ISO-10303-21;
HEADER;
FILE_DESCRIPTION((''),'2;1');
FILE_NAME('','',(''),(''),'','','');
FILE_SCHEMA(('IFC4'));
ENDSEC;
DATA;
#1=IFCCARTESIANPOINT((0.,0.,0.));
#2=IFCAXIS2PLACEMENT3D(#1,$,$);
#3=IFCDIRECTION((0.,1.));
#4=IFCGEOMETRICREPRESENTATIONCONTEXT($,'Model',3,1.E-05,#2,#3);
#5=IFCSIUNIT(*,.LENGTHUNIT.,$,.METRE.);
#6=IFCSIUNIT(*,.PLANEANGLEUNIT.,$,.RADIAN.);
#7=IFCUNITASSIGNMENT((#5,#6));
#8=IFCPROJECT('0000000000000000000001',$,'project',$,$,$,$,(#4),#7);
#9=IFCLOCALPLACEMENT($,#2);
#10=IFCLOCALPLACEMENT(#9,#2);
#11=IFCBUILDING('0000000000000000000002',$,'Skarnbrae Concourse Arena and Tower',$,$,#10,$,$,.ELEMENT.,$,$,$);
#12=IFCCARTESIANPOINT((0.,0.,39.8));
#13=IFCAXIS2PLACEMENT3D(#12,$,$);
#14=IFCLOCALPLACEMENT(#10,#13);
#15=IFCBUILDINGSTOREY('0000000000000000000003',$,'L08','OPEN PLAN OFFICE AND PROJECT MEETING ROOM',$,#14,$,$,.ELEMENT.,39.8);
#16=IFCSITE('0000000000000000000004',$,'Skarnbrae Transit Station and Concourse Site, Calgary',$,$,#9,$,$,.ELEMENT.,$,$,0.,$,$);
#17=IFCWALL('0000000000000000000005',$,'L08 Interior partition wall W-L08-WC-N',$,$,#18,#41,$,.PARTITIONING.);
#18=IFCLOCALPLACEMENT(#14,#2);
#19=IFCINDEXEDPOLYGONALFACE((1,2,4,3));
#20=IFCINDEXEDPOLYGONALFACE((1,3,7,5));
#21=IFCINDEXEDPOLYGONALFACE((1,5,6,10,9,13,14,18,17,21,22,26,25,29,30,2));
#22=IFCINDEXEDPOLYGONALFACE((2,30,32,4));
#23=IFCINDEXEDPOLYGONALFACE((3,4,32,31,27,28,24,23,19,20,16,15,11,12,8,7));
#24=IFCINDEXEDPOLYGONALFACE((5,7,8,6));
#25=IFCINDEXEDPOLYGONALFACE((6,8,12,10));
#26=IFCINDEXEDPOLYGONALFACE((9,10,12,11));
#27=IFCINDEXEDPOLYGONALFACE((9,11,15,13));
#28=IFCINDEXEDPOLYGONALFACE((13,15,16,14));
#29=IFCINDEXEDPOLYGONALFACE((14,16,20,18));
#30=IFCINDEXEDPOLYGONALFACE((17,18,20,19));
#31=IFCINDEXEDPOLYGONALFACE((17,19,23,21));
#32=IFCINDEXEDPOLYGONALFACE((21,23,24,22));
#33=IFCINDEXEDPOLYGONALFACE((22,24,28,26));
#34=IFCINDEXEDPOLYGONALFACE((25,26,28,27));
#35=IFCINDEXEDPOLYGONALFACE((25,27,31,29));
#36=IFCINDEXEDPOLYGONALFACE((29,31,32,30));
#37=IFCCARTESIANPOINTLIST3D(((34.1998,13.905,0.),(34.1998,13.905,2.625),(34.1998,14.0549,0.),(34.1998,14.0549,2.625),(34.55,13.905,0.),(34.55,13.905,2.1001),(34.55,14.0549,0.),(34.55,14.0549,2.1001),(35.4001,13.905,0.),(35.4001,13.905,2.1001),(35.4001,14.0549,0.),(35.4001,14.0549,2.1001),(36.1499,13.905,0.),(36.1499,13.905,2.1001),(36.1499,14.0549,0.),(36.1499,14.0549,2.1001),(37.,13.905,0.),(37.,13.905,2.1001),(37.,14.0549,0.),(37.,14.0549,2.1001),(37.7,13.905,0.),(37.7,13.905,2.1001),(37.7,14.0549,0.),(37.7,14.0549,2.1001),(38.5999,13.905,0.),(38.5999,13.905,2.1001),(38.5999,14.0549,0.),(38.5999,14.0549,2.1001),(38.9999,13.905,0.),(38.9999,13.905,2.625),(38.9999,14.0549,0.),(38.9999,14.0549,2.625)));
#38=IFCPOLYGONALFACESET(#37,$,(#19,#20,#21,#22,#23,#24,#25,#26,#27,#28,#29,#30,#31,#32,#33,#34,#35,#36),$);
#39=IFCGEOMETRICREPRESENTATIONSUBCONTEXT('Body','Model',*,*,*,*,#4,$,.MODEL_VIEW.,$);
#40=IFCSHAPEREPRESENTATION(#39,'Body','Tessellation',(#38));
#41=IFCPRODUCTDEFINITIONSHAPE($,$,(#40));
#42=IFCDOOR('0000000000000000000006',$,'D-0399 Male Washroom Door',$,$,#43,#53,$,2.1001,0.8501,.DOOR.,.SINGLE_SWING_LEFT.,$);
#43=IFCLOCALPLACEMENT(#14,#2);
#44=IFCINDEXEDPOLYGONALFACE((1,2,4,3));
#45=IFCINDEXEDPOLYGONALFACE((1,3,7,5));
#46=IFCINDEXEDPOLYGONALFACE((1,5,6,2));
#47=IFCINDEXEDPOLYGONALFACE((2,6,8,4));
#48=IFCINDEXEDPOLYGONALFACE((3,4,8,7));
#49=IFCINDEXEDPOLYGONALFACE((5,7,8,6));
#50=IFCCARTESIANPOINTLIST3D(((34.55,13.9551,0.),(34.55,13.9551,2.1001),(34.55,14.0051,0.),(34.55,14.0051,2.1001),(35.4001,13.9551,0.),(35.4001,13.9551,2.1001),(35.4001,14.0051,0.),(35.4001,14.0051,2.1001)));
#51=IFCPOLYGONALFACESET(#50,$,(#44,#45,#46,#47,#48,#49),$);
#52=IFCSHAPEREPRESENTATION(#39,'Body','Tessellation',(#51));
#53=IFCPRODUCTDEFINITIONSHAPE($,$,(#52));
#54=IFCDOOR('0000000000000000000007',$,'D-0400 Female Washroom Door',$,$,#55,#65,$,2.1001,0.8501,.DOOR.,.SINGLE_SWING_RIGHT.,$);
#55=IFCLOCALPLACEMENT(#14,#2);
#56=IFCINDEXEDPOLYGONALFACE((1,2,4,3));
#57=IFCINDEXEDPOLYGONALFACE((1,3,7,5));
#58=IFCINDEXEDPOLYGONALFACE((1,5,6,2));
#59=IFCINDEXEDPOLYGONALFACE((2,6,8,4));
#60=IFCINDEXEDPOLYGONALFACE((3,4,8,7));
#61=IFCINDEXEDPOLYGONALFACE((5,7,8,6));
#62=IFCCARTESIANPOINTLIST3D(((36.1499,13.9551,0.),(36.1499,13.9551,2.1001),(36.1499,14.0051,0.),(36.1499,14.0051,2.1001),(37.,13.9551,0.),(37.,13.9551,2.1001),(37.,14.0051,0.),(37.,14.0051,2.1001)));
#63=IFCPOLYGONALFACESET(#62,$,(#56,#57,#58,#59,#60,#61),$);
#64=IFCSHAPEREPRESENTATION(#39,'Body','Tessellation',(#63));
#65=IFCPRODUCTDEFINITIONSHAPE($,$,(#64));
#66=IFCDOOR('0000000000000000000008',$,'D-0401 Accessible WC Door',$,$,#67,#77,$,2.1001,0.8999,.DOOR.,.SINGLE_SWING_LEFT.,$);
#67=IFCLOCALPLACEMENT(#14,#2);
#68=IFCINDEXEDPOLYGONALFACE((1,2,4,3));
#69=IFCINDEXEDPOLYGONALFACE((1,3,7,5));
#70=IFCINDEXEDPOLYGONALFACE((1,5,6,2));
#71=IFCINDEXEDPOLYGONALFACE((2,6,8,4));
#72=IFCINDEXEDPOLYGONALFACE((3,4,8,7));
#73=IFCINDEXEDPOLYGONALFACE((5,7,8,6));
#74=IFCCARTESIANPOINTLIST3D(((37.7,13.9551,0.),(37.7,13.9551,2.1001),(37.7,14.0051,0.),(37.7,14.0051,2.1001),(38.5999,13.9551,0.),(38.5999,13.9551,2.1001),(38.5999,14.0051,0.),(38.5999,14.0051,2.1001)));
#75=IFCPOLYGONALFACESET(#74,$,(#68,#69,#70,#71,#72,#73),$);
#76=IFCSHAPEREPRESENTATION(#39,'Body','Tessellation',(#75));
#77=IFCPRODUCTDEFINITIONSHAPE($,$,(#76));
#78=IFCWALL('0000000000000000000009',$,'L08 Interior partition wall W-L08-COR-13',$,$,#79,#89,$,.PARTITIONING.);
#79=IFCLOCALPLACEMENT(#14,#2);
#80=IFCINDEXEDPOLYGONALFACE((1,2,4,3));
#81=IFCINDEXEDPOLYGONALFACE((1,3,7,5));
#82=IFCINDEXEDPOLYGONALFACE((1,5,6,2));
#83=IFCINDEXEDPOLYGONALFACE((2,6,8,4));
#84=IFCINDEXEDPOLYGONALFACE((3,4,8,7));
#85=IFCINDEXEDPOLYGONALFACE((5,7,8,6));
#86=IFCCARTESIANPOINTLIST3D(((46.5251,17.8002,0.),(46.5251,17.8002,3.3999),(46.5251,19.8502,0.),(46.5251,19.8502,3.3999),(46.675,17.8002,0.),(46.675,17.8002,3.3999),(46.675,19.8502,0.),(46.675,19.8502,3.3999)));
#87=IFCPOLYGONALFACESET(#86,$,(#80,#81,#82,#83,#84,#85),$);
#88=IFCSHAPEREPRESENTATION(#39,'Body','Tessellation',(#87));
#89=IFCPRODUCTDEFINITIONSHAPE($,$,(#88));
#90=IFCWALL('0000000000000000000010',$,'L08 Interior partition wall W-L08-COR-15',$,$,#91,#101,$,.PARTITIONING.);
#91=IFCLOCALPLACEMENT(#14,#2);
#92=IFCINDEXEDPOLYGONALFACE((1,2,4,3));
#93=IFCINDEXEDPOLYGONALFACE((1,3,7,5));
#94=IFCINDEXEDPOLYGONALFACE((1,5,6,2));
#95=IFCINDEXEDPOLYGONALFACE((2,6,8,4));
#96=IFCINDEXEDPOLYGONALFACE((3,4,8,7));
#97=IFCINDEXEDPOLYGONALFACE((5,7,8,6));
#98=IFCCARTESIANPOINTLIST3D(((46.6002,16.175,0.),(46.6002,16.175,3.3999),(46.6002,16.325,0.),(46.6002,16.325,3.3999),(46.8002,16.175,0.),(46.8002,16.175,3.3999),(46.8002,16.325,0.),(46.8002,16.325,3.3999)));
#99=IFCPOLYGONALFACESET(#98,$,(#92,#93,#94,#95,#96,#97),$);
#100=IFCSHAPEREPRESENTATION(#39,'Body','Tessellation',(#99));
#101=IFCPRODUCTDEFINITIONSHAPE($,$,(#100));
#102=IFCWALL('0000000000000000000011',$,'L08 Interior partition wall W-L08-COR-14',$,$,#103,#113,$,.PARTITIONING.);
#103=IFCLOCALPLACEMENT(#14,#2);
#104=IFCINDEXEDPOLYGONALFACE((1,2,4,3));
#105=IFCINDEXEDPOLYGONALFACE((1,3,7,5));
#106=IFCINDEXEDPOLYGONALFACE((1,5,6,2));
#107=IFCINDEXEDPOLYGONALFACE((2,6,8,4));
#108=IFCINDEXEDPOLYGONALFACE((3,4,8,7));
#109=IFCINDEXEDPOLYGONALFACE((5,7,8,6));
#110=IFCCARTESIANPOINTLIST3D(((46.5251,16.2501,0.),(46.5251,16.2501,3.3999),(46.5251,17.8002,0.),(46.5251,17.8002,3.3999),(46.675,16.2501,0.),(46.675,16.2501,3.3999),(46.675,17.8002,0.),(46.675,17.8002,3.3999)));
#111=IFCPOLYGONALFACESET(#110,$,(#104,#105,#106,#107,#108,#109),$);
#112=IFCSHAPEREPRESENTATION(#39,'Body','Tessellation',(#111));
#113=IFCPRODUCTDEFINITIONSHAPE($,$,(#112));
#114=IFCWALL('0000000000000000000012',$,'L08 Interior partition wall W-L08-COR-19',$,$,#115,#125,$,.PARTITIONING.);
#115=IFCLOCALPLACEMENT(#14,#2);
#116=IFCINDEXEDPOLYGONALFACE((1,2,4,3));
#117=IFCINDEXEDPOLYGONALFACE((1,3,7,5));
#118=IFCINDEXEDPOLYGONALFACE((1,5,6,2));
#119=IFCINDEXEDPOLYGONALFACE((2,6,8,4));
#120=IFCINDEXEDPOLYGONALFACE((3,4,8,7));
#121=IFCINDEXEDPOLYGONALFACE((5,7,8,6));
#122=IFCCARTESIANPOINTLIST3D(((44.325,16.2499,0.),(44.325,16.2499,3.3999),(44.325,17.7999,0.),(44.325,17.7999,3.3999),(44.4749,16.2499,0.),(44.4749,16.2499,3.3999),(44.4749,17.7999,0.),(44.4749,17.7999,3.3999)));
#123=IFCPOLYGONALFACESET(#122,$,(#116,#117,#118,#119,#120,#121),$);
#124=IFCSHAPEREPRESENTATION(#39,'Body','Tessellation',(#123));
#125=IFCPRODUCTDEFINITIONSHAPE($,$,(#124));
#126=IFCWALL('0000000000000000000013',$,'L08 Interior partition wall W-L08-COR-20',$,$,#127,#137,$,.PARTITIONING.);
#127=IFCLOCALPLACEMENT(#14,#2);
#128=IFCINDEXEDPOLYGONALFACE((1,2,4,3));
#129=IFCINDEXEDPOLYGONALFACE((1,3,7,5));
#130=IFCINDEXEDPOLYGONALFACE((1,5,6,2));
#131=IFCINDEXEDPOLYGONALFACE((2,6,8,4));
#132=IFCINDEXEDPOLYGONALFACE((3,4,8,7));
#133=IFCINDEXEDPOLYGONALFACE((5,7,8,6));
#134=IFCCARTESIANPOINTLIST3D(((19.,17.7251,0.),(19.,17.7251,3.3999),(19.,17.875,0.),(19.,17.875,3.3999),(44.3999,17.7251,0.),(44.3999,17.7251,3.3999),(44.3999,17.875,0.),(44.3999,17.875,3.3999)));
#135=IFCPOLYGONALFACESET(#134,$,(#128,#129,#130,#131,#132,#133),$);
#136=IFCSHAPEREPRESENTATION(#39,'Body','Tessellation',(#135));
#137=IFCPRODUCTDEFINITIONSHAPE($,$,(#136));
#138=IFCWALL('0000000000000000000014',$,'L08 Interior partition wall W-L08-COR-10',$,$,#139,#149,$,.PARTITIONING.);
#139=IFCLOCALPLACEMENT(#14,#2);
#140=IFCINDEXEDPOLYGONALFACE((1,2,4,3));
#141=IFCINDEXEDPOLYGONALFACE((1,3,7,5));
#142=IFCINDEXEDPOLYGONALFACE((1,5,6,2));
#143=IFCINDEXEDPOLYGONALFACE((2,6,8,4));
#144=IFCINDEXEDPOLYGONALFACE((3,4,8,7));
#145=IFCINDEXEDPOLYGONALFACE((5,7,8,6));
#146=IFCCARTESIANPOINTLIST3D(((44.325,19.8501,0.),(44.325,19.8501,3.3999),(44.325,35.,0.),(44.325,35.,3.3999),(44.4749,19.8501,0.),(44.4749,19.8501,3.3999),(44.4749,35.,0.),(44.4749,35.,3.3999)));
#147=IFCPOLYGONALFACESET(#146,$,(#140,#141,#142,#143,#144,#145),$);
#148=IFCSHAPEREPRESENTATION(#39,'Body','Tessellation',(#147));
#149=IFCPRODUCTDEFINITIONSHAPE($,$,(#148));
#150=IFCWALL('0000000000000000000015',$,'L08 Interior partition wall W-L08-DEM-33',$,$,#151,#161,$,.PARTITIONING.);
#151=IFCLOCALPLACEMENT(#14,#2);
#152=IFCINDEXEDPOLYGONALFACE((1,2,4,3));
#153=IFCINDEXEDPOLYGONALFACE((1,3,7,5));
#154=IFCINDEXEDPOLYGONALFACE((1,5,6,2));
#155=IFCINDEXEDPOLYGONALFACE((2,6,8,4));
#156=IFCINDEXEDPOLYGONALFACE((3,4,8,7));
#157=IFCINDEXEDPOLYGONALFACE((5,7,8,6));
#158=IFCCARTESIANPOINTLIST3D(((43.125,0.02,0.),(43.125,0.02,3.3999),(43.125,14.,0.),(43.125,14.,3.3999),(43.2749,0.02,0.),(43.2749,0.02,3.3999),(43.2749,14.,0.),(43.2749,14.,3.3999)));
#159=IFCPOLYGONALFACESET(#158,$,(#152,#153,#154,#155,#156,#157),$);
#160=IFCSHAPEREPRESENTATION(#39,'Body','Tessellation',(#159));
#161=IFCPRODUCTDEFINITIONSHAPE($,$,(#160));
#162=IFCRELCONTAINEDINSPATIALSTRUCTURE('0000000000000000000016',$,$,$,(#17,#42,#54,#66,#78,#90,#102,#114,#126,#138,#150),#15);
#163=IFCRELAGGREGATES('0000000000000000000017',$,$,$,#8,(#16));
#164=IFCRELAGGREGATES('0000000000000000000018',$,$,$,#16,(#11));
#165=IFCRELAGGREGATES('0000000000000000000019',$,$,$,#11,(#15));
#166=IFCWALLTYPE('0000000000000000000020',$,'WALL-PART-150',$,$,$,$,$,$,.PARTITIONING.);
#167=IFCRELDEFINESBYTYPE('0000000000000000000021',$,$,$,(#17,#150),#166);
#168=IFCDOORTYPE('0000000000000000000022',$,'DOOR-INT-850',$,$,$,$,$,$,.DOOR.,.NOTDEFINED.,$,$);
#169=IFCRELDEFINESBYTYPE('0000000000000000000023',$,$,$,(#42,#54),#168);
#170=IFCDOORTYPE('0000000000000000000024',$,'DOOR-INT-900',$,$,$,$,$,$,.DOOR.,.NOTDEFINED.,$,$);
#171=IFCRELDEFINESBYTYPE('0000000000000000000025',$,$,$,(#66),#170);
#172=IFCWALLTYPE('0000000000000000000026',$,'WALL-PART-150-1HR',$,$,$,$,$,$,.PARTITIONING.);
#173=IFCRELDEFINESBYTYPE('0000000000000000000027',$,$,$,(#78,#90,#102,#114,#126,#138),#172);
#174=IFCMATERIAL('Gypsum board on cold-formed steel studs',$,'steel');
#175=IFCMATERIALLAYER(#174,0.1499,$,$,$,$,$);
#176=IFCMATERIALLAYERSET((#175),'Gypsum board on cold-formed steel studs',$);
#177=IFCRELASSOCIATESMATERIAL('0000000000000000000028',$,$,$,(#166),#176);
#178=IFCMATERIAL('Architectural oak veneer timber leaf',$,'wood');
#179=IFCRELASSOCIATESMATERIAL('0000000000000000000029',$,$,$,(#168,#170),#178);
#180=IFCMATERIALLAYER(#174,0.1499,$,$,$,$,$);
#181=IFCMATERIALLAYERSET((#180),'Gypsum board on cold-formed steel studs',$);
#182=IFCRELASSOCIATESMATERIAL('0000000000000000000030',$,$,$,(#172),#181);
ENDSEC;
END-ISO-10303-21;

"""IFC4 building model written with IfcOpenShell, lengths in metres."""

from ifc_helpers import new_model, si_unit, direction, frame, frame_2d, origin, place, context, subcontext, project, spatial, rectangle, extrude, source, transform, mapped, material, layer, layer_set, type_object, element, fill, save


model = new_model("IFC4")

# Units and contexts
model_context = context("Model", 3, precision=1e-05, world=origin(), true_north=direction((0.0, 1.0)))
body_context = subcontext(model_context, "Body", "Model", "MODEL_VIEW")
ifc_project = project(units=[si_unit("LENGTHUNIT", "METRE"), si_unit("PLANEANGLEUNIT", "RADIAN")], contexts=[model_context])

# Site, building, storey
site_placement = place(None, origin())
site = spatial("IfcSite", under=ifc_project, at=site_placement, Name="Skarnbrae Transit Station and Concourse Site, Calgary", CompositionType="ELEMENT", RefElevation=0.0)
building_placement = place(site_placement, origin())
building = spatial("IfcBuilding", under=site, at=building_placement, Name="Skarnbrae Concourse Arena and Tower", CompositionType="ELEMENT")
storey_placement = place(building_placement, frame((0.0, 0.0, 39.8)))
storey = spatial("IfcBuildingStorey", under=building, at=storey_placement, Name="L08", Description="OPEN PLAN OFFICE AND PROJECT MEETING ROOM", CompositionType="ELEMENT", Elevation=39.8)

# Wall, openings, doors
ifc_material_1 = material(Name="Gypsum board on cold-formed steel studs", Category="steel")
ifc_layer_1 = layer(ifc_material_1, 0.1499)
ifc_layer_set_1 = layer_set([ifc_layer_1], Name="Gypsum board on cold-formed steel studs")
wall_type_1 = type_object("IfcWallType", Name="WALL-PART-150", PredefinedType="PARTITIONING", material=ifc_layer_set_1)
shared_shape_1 = source(origin(), body_context, "Body", "SweptSolid", [
    extrude(rectangle(XDim=4.8, YDim=0.1499, at=frame_2d((2.3999, 0.0))), origin(), (0.0, 0.0, 1.0), 2.625),
])
wall_1_placement = place(storey_placement, frame((34.2, 13.98, 0.0), z_axis=(0.0, 0.0, 1.0), x_axis=(1.0, 0.0, 0.0)))
wall_1 = element("IfcWall", 1, at=wall_1_placement, inside=storey, type_object=wall_type_1, Name="L08 Interior partition wall W-L08-WC-N", PredefinedType="PARTITIONING", context=body_context, shape_type="MappedRepresentation", body=[
    mapped(shared_shape_1, transform((0.0, 0.0, 0.0))),
])
opening_1_placement = place(wall_1_placement, frame((0.3501, 0.0, 0.0)))
opening_1 = element("IfcOpeningElement", 2, at=opening_1_placement, cuts=wall_1, PredefinedType="OPENING", context=body_context, shape_type="SweptSolid", body=[
    extrude(rectangle(XDim=0.8501, YDim=2.1001, at=frame_2d((0.425, 1.05))), frame((0.0, 0.085, 0.0), z_axis=(0.0, -1.0, 0.0), x_axis=(1.0, 0.0, 0.0)), (0.0, 0.0, 1.0), 0.1699),
])
opening_2_placement = place(wall_1_placement, frame((1.95, 0.0, 0.0)))
opening_2 = element("IfcOpeningElement", 3, at=opening_2_placement, cuts=wall_1, PredefinedType="OPENING", context=body_context, shape_type="SweptSolid", body=[
    extrude(rectangle(XDim=0.8501, YDim=2.1001, at=frame_2d((0.425, 1.05))), frame((0.0, 0.085, 0.0), z_axis=(0.0, -1.0, 0.0), x_axis=(1.0, 0.0, 0.0)), (0.0, 0.0, 1.0), 0.1699),
])
opening_3_placement = place(wall_1_placement, frame((3.5, 0.0, 0.0)))
opening_3 = element("IfcOpeningElement", 4, at=opening_3_placement, cuts=wall_1, PredefinedType="OPENING", context=body_context, shape_type="SweptSolid", body=[
    extrude(rectangle(XDim=0.8999, YDim=2.1001, at=frame_2d((0.45, 1.05))), frame((0.0, 0.085, 0.0), z_axis=(0.0, -1.0, 0.0), x_axis=(1.0, 0.0, 0.0)), (0.0, 0.0, 1.0), 0.1699),
])
ifc_material_2 = material(Name="Architectural oak veneer timber leaf", Category="wood")
door_type_1 = type_object("IfcDoorType", Name="DOOR-INT-850", OperationType="NOTDEFINED", PredefinedType="DOOR", material=ifc_material_2)
shared_shape_2 = source(origin(), body_context, "Body", "SweptSolid", [
    extrude(rectangle(XDim=0.8501, YDim=2.1001, at=frame_2d((0.425, 1.05))), frame((0.0, 0.0249, 0.0), z_axis=(0.0, -1.0, 0.0), x_axis=(1.0, 0.0, 0.0)), (0.0, 0.0, 1.0), 0.05),
])
door_1_placement = place(opening_1_placement, frame((0.8501, 0.0, 0.0), z_axis=(0.0, 0.0, 1.0), x_axis=(-1.0, 0.0, 0.0)))
door_1 = element("IfcDoor", 5, at=door_1_placement, inside=storey, type_object=door_type_1, Name="D-0399 Male Washroom Door", OperationType="SINGLE_SWING_LEFT", OverallHeight=2.1001, OverallWidth=0.8501, PredefinedType="DOOR", context=body_context, shape_type="MappedRepresentation", body=[
    mapped(shared_shape_2, transform((0.0, 0.0, 0.0))),
])
fill(opening_1, door_1)
door_2_placement = place(opening_2_placement, frame((0.8501, 0.0, 0.0), z_axis=(0.0, 0.0, 1.0), x_axis=(-1.0, 0.0, 0.0)))
door_2 = element("IfcDoor", 6, at=door_2_placement, inside=storey, type_object=door_type_1, Name="D-0400 Female Washroom Door", OperationType="SINGLE_SWING_RIGHT", OverallHeight=2.1001, OverallWidth=0.8501, PredefinedType="DOOR", context=body_context, shape_type="MappedRepresentation", body=[
    mapped(shared_shape_2, transform((0.0, 0.0, 0.0))),
])
fill(opening_2, door_2)
door_type_2 = type_object("IfcDoorType", Name="DOOR-INT-900", OperationType="NOTDEFINED", PredefinedType="DOOR", material=ifc_material_2)
shared_shape_3 = source(origin(), body_context, "Body", "SweptSolid", [
    extrude(rectangle(XDim=0.8999, YDim=2.1001, at=frame_2d((0.45, 1.05))), frame((0.0, 0.0249, 0.0), z_axis=(0.0, -1.0, 0.0), x_axis=(1.0, 0.0, 0.0)), (0.0, 0.0, 1.0), 0.05),
])
door_3_placement = place(opening_3_placement, frame((0.8999, 0.0, 0.0), z_axis=(0.0, 0.0, 1.0), x_axis=(-1.0, 0.0, 0.0)))
door_3 = element("IfcDoor", 7, at=door_3_placement, inside=storey, type_object=door_type_2, Name="D-0401 Accessible WC Door", OperationType="SINGLE_SWING_LEFT", OverallHeight=2.1001, OverallWidth=0.8999, PredefinedType="DOOR", context=body_context, shape_type="MappedRepresentation", body=[
    mapped(shared_shape_3, transform((0.0, 0.0, 0.0))),
])
fill(opening_3, door_3)

# Walls
ifc_layer_2 = layer(ifc_material_1, 0.1499)
ifc_layer_set_2 = layer_set([ifc_layer_2], Name="Gypsum board on cold-formed steel studs")
wall_type_2 = type_object("IfcWallType", Name="WALL-PART-150-1HR", PredefinedType="PARTITIONING", material=ifc_layer_set_2)
shared_shape_4 = source(origin(), body_context, "Body", "SweptSolid", [
    extrude(rectangle(XDim=2.05, YDim=0.1499, at=frame_2d((1.0249, 0.0))), origin(), (0.0, 0.0, 1.0), 3.3999),
])
wall_2_placement = place(storey_placement, frame((46.6001, 19.8501, 0.0), z_axis=(0.0, 0.0, 1.0), x_axis=(0.0, -1.0, 0.0)))
element("IfcWall", 8, at=wall_2_placement, inside=storey, type_object=wall_type_2, Name="L08 Interior partition wall W-L08-COR-13", PredefinedType="PARTITIONING", context=body_context, shape_type="MappedRepresentation", body=[
    mapped(shared_shape_4, transform((0.0, 0.0, 0.0))),
])
shared_shape_5 = source(origin(), body_context, "Body", "SweptSolid", [
    extrude(rectangle(XDim=0.2, YDim=0.1499, at=frame_2d((0.1001, 0.0))), origin(), (0.0, 0.0, 1.0), 3.3999),
])
wall_3_placement = place(storey_placement, frame((46.6001, 16.25, 0.0), z_axis=(0.0, 0.0, 1.0), x_axis=(1.0, 0.0, 0.0)))
element("IfcWall", 9, at=wall_3_placement, inside=storey, type_object=wall_type_2, Name="L08 Interior partition wall W-L08-COR-15", PredefinedType="PARTITIONING", context=body_context, shape_type="MappedRepresentation", body=[
    mapped(shared_shape_5, transform((0.0, 0.0, 0.0))),
])
shared_shape_6 = source(origin(), body_context, "Body", "SweptSolid", [
    extrude(rectangle(XDim=1.55, YDim=0.1499, at=frame_2d((0.7749, 0.0))), origin(), (0.0, 0.0, 1.0), 3.3999),
])
for number, where, z_axis, x_axis, name in (
    (10, (46.6001, 17.8, 0.0), (0.0, 0.0, 1.0), (0.0, -1.0, 0.0), "L08 Interior partition wall W-L08-COR-14"),
    (11, (44.3999, 16.25, 0.0), (0.0, 0.0, 1.0), (0.0, 1.0, 0.0), "L08 Interior partition wall W-L08-COR-19"),
):
    element("IfcWall", number, at=place(storey_placement, frame(where, z_axis=z_axis, x_axis=x_axis)), inside=storey, type_object=wall_type_2, Name=name, PredefinedType="PARTITIONING", context=body_context, shape_type="MappedRepresentation", body=[
        mapped(shared_shape_6, transform((0.0, 0.0, 0.0))),
    ])
shared_shape_7 = source(origin(), body_context, "Body", "SweptSolid", [
    extrude(rectangle(XDim=25.3999, YDim=0.1499, at=frame_2d((12.7, 0.0))), origin(), (0.0, 0.0, 1.0), 3.3999),
])
wall_4_placement = place(storey_placement, frame((44.3999, 17.8, 0.0), z_axis=(0.0, 0.0, 1.0), x_axis=(-1.0, 0.0, 0.0)))
element("IfcWall", 12, at=wall_4_placement, inside=storey, type_object=wall_type_2, Name="L08 Interior partition wall W-L08-COR-20", PredefinedType="PARTITIONING", context=body_context, shape_type="MappedRepresentation", body=[
    mapped(shared_shape_7, transform((0.0, 0.0, 0.0))),
])
shared_shape_8 = source(origin(), body_context, "Body", "SweptSolid", [
    extrude(rectangle(XDim=15.1499, YDim=0.1499, at=frame_2d((7.575, 0.0))), origin(), (0.0, 0.0, 1.0), 3.3999),
])
wall_5_placement = place(storey_placement, frame((44.3999, 19.8501, 0.0), z_axis=(0.0, 0.0, 1.0), x_axis=(0.0, 1.0, 0.0)))
element("IfcWall", 13, at=wall_5_placement, inside=storey, type_object=wall_type_2, Name="L08 Interior partition wall W-L08-COR-10", PredefinedType="PARTITIONING", context=body_context, shape_type="MappedRepresentation", body=[
    mapped(shared_shape_8, transform((0.0, 0.0, 0.0))),
])
shared_shape_9 = source(origin(), body_context, "Body", "SweptSolid", [
    extrude(rectangle(XDim=13.98, YDim=0.1499, at=frame_2d((6.99, 0.0))), origin(), (0.0, 0.0, 1.0), 3.3999),
])
wall_6_placement = place(storey_placement, frame((43.2, 14.0, 0.0), z_axis=(0.0, 0.0, 1.0), x_axis=(0.0, -1.0, 0.0)))
element("IfcWall", 14, at=wall_6_placement, inside=storey, type_object=wall_type_1, Name="L08 Interior partition wall W-L08-DEM-33", PredefinedType="PARTITIONING", context=body_context, shape_type="MappedRepresentation", body=[
    mapped(shared_shape_9, transform((0.0, 0.0, 0.0))),
])

save(model, "model.ifc")
